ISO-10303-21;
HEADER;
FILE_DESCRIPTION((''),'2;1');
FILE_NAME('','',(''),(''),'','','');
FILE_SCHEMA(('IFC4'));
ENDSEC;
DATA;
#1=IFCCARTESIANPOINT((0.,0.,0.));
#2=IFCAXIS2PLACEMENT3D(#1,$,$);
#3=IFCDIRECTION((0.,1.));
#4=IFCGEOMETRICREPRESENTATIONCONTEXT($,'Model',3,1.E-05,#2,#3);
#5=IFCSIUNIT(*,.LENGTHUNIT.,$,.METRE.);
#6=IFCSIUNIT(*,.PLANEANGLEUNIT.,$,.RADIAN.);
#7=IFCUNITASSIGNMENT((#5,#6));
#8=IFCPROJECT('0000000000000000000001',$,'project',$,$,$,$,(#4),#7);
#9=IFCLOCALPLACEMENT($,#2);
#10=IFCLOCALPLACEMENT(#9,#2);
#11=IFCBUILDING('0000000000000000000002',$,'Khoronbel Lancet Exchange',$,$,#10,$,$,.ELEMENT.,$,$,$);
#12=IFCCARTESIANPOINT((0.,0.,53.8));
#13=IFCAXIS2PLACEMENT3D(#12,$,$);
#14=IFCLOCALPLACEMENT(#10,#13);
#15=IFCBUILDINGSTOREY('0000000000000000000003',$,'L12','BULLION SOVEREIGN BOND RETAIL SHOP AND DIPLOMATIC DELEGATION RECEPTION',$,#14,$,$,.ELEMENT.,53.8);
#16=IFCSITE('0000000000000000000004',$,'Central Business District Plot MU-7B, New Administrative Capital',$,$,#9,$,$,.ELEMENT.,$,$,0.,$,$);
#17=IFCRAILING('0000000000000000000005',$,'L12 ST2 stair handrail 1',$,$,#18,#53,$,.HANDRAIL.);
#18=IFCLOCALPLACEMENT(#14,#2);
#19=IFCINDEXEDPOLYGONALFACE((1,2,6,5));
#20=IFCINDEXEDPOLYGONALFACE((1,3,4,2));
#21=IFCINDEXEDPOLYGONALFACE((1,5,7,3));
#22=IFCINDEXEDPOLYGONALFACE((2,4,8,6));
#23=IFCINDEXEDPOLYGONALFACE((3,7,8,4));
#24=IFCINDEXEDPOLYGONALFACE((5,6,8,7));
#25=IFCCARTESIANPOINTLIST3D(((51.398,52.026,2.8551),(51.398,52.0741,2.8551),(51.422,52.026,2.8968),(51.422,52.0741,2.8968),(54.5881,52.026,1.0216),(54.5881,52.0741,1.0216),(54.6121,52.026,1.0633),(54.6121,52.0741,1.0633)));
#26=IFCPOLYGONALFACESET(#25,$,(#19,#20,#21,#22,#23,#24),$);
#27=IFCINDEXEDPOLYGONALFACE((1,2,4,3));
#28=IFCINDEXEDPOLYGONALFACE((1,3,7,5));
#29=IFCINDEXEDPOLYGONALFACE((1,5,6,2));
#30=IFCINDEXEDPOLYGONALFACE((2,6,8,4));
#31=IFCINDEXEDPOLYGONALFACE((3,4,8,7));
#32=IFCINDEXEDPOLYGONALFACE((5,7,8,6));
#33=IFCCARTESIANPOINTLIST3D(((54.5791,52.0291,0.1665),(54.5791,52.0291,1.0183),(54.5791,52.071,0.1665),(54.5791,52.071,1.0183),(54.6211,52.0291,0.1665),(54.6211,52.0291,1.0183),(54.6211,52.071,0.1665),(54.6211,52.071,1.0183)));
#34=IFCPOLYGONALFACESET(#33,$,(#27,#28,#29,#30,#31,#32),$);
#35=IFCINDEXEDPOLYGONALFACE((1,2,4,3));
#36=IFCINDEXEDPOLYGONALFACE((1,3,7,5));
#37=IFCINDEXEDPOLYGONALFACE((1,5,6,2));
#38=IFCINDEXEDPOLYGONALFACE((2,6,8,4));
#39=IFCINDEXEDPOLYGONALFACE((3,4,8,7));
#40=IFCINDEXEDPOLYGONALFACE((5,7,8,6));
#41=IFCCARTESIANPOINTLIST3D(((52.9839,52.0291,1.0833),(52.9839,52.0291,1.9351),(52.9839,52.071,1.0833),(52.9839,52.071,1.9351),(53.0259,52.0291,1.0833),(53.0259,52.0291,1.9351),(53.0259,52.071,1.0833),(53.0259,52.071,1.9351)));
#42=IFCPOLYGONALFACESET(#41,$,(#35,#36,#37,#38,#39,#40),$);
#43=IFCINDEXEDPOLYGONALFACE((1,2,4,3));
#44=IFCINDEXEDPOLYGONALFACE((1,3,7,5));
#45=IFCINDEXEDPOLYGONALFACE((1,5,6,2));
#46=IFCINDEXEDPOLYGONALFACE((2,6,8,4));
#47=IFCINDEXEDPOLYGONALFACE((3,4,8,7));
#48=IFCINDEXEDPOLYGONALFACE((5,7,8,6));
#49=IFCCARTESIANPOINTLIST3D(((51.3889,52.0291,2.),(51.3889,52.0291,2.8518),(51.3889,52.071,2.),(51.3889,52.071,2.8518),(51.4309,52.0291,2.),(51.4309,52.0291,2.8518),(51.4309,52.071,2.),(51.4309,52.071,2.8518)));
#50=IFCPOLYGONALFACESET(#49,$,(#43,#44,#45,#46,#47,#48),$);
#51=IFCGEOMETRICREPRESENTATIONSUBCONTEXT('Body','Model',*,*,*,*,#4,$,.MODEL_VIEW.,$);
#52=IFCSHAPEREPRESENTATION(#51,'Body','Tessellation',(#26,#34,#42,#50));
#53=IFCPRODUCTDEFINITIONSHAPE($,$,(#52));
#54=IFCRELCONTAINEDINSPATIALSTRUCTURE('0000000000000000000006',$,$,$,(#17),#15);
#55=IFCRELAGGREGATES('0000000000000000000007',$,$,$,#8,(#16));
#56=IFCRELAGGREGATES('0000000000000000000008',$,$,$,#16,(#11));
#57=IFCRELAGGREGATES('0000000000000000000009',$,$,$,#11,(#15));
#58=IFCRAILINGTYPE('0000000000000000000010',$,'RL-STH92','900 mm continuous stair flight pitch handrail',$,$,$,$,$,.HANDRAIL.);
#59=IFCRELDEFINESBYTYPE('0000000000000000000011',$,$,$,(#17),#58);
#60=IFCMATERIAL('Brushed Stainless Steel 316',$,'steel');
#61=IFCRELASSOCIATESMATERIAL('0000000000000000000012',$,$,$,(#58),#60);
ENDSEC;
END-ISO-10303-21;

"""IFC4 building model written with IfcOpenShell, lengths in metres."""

from ifc_helpers import new_model, si_unit, direction, frame, origin, origin_2d, place, context, subcontext, project, spatial, rectangle, extrude, material, type_object, element, save


model = new_model("IFC4")

# Units and contexts
model_context = context("Model", 3, precision=1e-05, world=origin(), true_north=direction((0.0, 1.0)))
body_context = subcontext(model_context, "Body", "Model", "MODEL_VIEW")
ifc_project = project(units=[si_unit("LENGTHUNIT", "METRE"), si_unit("PLANEANGLEUNIT", "RADIAN")], contexts=[model_context])

# Site, building, storey
site_placement = place(None, origin())
site = spatial("IfcSite", under=ifc_project, at=site_placement, Name="Central Business District Plot MU-7B, New Administrative Capital", CompositionType="ELEMENT", RefElevation=0.0)
building_placement = place(site_placement, origin())
building = spatial("IfcBuilding", under=site, at=building_placement, Name="Khoronbel Lancet Exchange", CompositionType="ELEMENT")
storey_placement = place(building_placement, frame((0.0, 0.0, 53.8)))
storey = spatial("IfcBuildingStorey", under=building, at=storey_placement, Name="L12", Description="BULLION SOVEREIGN BOND RETAIL SHOP AND DIPLOMATIC DELEGATION RECEPTION", CompositionType="ELEMENT", Elevation=53.8)

# Railing
ifc_material_1 = material(Name="Brushed Stainless Steel 316", Category="steel")
railing_type_1 = type_object("IfcRailingType", Name="RL-STH92", Description="900 mm continuous stair flight pitch handrail", PredefinedType="HANDRAIL", material=ifc_material_1)
railing_1_placement = place(storey_placement, frame((54.6001, 52.05, 0.1665)))
element("IfcRailing", 1, at=railing_1_placement, inside=storey, type_object=railing_type_1, Name="L12 ST2 stair handrail 1", PredefinedType="HANDRAIL", context=body_context, shape_type="SweptSolid", body=[
    extrude(rectangle(XDim=0.0481, YDim=0.0481, at=origin_2d()), frame((0.0, 0.0, 0.876), z_axis=(-0.867007, 0.0, 0.498295), x_axis=(0.0, -1.0, 0.0)), (0.0, 0.0, 1.0), 3.6794),
    extrude(rectangle(XDim=0.042, YDim=0.042, at=origin_2d()), origin(), (0.0, 0.0, 1.0), 0.8518),
    extrude(rectangle(XDim=0.042, YDim=0.042, at=origin_2d()), frame((-1.5952, 0.0, 0.9167)), (0.0, 0.0, 1.0), 0.8518),
    extrude(rectangle(XDim=0.042, YDim=0.042, at=origin_2d()), frame((-3.1902, 0.0, 1.8335)), (0.0, 0.0, 1.0), 0.8518),
])

save(model, "model.ifc")
